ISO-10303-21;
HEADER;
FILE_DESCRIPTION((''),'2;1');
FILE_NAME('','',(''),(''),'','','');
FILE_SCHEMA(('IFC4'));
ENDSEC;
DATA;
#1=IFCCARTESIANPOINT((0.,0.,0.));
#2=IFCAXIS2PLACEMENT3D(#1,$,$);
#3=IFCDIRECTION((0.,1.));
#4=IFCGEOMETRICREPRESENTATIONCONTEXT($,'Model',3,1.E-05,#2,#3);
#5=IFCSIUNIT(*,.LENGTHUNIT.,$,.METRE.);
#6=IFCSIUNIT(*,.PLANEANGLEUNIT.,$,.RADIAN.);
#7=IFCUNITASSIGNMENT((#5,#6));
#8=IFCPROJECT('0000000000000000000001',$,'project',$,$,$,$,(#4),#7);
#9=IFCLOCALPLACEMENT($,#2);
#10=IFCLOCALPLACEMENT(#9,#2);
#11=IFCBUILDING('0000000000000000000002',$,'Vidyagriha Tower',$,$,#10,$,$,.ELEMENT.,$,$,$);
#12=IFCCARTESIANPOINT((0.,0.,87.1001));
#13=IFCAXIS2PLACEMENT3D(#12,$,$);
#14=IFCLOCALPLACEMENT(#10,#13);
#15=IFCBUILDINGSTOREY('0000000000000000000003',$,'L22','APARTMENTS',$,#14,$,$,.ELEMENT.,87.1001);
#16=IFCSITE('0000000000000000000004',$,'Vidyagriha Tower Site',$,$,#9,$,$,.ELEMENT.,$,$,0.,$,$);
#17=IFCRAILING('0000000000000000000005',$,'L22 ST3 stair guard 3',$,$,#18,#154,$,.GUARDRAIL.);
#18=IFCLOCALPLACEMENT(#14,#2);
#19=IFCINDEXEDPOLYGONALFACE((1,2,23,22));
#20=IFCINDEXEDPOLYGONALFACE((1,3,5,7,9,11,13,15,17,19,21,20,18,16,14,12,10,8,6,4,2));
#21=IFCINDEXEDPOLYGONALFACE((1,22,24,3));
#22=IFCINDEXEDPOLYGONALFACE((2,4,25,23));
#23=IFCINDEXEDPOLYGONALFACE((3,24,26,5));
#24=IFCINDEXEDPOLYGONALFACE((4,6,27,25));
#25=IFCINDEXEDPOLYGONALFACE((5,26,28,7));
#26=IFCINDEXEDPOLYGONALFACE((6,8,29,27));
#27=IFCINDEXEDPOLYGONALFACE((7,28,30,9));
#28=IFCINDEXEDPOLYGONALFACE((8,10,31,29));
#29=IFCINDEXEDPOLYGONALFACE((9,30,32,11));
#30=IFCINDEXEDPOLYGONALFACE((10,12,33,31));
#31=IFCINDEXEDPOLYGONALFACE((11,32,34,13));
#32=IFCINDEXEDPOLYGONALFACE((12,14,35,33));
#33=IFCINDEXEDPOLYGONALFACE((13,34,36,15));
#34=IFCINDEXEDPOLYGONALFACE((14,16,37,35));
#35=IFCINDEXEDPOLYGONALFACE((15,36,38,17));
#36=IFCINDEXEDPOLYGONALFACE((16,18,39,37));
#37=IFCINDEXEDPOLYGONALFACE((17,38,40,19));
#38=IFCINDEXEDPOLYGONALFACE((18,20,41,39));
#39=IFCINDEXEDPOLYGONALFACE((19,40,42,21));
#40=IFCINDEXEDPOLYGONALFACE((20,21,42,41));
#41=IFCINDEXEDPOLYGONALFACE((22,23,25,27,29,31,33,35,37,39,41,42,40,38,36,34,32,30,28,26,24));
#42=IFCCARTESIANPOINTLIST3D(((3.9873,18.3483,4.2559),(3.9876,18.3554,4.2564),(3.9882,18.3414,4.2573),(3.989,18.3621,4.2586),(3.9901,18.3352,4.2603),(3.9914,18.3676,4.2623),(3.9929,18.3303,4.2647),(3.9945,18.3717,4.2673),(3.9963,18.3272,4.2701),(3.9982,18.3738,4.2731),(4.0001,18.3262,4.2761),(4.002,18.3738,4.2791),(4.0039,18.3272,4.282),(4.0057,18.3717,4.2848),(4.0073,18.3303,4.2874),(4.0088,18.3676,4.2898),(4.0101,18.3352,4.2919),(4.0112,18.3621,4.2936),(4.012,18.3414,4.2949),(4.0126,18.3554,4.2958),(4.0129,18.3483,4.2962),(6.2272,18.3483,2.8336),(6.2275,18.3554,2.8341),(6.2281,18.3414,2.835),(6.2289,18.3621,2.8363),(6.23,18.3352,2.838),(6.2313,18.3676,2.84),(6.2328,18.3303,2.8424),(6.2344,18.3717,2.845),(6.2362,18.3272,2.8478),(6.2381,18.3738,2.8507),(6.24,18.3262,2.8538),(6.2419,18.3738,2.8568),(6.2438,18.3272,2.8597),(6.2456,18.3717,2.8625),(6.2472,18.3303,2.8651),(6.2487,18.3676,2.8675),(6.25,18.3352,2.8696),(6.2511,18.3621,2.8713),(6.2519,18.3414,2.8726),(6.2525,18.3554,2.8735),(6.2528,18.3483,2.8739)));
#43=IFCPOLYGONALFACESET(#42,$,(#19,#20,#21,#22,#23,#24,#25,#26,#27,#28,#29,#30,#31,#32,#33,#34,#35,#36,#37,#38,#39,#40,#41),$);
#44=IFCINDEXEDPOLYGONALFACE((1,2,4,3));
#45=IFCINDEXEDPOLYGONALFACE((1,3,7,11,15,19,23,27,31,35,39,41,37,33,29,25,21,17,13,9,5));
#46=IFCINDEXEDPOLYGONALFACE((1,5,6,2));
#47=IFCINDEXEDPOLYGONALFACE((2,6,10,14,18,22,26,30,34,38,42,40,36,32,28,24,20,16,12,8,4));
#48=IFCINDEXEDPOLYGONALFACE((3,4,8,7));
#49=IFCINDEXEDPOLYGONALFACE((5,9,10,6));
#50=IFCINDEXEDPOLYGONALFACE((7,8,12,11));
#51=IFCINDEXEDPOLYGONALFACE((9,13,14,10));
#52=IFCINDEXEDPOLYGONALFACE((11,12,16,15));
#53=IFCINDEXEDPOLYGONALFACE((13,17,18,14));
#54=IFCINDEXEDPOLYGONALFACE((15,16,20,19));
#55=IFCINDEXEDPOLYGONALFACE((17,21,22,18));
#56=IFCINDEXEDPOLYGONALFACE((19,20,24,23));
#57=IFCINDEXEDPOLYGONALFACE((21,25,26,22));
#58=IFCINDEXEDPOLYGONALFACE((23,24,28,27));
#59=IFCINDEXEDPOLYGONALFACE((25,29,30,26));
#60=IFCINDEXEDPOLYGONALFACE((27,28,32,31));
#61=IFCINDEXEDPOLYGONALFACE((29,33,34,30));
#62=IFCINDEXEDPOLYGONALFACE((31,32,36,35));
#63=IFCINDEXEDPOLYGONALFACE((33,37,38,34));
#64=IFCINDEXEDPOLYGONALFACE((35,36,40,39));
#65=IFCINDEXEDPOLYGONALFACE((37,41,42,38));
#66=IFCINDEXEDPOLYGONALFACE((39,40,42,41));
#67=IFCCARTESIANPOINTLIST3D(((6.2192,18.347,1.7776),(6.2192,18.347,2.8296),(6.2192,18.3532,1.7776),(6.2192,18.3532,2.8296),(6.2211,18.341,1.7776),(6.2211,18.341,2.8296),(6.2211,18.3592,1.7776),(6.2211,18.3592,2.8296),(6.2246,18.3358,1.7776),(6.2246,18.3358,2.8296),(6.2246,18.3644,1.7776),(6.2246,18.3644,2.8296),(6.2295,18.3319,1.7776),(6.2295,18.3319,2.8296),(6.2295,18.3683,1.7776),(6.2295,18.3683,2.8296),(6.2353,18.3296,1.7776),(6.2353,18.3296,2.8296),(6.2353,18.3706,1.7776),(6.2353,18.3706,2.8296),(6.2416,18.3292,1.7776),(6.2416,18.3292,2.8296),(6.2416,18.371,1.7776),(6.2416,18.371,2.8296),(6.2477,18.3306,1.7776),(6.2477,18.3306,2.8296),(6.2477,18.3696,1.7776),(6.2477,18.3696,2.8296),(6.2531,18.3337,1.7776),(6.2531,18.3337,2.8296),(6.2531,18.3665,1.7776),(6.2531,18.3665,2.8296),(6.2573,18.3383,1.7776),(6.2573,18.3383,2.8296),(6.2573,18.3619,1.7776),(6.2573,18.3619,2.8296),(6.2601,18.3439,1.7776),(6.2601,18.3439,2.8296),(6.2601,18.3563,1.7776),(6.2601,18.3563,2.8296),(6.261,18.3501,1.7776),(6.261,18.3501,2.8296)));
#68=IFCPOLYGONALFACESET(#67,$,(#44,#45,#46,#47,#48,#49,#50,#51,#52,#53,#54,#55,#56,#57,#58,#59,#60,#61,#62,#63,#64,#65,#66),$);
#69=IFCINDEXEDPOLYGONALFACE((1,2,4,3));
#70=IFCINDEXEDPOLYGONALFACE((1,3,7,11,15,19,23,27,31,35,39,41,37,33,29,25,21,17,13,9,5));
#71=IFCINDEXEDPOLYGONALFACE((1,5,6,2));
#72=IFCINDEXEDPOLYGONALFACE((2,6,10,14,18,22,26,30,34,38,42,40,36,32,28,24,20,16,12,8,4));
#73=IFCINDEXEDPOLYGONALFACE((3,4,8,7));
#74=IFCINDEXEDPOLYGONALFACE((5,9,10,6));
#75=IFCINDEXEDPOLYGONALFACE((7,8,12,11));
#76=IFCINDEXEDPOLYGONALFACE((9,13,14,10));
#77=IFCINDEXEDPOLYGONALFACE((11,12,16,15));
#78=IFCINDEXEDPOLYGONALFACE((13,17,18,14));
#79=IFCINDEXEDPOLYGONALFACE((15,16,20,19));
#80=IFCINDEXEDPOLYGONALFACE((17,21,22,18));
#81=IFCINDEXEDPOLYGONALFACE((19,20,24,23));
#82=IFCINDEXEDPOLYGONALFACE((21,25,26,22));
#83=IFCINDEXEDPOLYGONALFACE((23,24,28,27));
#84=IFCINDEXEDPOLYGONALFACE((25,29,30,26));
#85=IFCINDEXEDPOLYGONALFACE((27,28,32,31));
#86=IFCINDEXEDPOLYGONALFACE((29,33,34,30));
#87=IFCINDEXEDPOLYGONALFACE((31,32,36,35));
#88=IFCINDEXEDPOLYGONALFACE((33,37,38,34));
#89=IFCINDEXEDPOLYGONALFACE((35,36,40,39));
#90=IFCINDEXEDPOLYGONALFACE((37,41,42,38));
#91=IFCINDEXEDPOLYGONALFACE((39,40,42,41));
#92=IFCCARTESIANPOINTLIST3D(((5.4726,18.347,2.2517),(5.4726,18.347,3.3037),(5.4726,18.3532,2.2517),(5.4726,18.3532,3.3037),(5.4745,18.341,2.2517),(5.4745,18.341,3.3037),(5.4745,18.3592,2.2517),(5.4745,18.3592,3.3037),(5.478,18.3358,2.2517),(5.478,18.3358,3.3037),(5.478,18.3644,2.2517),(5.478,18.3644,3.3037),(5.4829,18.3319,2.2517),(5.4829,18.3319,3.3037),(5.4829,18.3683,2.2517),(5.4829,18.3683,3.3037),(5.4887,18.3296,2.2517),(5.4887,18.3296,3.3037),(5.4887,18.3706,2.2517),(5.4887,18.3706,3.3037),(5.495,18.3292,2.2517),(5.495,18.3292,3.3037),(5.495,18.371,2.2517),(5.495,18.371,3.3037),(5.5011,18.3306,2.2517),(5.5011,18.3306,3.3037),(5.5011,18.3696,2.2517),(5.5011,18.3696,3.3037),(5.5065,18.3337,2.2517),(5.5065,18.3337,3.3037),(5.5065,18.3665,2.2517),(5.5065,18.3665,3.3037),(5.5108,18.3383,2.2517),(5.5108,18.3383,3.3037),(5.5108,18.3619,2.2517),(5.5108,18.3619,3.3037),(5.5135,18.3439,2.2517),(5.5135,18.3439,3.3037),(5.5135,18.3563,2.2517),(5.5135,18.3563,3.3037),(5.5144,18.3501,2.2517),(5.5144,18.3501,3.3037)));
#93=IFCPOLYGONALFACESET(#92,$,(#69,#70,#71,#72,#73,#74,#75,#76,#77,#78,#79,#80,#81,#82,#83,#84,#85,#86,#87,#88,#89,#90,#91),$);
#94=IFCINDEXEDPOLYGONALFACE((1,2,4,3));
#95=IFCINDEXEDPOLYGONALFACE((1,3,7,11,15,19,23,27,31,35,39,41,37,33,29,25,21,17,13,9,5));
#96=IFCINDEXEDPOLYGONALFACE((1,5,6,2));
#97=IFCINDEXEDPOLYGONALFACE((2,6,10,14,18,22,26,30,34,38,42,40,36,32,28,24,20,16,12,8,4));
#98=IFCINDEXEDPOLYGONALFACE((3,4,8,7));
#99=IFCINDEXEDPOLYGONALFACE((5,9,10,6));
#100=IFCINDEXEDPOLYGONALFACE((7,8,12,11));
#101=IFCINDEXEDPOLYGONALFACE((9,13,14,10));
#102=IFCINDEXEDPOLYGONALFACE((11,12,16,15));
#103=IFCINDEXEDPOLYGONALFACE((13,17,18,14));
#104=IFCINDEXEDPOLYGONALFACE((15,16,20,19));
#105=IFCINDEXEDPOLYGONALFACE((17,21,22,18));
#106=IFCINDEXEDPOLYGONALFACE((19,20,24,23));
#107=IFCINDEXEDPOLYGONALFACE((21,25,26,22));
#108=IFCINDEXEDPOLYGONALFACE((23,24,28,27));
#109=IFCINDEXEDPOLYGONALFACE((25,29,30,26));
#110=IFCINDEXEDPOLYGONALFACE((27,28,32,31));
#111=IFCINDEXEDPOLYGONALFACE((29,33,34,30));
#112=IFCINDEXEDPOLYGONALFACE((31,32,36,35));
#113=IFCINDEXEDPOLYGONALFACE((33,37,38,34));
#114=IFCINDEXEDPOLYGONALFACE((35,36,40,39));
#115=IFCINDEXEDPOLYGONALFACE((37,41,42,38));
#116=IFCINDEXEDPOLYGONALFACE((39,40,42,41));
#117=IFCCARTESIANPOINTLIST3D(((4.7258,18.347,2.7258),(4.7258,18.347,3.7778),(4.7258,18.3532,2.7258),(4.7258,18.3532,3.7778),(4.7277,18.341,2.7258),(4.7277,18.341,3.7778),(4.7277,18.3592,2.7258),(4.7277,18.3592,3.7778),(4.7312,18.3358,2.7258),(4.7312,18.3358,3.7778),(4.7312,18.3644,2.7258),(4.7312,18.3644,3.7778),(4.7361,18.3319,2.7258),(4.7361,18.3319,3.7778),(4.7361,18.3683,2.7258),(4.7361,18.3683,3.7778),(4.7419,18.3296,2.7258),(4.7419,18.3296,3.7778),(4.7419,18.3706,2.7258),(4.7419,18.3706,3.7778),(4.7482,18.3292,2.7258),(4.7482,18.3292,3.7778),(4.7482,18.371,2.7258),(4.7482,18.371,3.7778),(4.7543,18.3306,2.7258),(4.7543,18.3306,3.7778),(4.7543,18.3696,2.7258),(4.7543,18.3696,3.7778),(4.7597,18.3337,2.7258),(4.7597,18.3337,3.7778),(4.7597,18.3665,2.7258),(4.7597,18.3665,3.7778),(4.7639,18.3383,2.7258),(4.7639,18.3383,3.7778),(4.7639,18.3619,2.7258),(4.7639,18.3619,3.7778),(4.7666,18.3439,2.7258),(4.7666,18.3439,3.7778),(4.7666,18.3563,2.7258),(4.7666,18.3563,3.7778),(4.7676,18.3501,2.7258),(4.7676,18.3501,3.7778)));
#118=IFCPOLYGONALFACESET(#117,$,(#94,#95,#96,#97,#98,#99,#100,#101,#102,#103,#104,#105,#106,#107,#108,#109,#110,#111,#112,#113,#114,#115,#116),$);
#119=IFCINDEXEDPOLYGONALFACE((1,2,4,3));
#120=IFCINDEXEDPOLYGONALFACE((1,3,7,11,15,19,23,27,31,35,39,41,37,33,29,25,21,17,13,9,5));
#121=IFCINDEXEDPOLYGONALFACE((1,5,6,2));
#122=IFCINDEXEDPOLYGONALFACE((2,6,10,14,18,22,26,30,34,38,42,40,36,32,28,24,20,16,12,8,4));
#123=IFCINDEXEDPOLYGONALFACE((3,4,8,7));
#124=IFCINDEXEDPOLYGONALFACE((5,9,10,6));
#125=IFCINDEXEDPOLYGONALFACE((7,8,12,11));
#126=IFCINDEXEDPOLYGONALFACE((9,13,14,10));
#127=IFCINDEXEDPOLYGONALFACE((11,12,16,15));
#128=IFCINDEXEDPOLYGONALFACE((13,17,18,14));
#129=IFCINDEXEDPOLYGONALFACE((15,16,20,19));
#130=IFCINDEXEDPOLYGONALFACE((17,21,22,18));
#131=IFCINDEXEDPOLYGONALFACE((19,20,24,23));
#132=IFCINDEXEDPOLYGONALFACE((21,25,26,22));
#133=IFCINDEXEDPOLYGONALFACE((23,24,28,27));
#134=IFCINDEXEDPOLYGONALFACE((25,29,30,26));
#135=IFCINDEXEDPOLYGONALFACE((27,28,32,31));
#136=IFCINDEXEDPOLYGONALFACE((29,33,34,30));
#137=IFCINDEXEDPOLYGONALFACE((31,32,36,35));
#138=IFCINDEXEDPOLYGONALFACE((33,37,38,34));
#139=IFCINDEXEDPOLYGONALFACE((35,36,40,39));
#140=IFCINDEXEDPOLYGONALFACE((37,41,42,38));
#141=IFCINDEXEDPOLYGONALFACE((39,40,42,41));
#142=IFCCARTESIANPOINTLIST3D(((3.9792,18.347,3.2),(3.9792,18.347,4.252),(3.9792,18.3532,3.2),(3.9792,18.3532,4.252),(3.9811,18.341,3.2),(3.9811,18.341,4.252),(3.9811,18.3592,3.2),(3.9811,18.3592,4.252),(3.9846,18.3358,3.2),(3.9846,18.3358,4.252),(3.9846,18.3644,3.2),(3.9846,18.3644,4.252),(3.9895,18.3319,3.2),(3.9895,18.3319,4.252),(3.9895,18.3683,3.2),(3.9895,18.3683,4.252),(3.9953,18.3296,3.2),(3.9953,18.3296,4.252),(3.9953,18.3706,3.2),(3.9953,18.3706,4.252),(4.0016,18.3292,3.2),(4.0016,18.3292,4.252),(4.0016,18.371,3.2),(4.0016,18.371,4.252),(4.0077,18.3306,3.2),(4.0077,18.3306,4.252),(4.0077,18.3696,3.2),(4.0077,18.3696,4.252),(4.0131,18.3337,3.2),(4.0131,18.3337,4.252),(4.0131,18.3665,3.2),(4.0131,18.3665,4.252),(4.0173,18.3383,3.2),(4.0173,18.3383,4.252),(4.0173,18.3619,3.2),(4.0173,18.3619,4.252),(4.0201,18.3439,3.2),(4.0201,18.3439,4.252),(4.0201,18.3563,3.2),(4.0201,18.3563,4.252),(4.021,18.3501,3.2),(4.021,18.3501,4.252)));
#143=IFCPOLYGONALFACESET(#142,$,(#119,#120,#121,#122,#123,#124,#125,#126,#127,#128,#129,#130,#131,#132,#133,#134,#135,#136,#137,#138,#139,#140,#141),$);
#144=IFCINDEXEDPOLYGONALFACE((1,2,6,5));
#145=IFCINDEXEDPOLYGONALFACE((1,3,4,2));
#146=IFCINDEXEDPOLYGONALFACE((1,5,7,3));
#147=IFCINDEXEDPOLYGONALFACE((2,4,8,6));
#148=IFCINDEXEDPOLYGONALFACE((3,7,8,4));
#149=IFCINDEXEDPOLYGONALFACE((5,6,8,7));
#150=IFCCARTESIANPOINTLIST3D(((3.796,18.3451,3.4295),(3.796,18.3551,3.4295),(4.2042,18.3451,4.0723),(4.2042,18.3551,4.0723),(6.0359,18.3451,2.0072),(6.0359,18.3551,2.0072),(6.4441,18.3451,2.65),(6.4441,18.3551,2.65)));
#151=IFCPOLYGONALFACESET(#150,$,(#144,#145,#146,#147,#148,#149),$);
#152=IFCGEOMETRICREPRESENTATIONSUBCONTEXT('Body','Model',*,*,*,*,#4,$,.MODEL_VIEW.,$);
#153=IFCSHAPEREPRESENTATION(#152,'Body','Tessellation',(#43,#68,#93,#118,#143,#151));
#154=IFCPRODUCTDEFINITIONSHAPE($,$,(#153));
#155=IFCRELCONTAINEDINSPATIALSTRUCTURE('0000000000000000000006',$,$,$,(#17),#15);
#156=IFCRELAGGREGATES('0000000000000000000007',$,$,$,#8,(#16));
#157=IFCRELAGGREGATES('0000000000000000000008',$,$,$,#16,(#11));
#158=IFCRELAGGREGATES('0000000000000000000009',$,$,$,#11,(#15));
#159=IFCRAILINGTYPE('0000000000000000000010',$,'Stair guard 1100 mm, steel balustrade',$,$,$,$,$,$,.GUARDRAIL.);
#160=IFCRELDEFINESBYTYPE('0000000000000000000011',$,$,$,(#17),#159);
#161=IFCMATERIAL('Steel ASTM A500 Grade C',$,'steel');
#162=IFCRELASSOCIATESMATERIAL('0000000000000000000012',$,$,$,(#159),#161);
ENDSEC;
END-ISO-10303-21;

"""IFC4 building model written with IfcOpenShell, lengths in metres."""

from ifc_helpers import new_model, si_unit, direction, frame, origin, origin_2d, place, context, subcontext, project, spatial, rectangle, circle, extrude, material, type_object, element, save


model = new_model("IFC4")

# Units and contexts
model_context = context("Model", 3, precision=1e-05, world=origin(), true_north=direction((0.0, 1.0)))
body_context = subcontext(model_context, "Body", "Model", "MODEL_VIEW")
ifc_project = project(units=[si_unit("LENGTHUNIT", "METRE"), si_unit("PLANEANGLEUNIT", "RADIAN")], contexts=[model_context])

# Site, building, storey
site_placement = place(None, origin())
site = spatial("IfcSite", under=ifc_project, at=site_placement, Name="Vidyagriha Tower Site", CompositionType="ELEMENT", RefElevation=0.0)
building_placement = place(site_placement, origin())
building = spatial("IfcBuilding", under=site, at=building_placement, Name="Vidyagriha Tower", CompositionType="ELEMENT")
storey_placement = place(building_placement, frame((0.0, 0.0, 87.1001)))
storey = spatial("IfcBuildingStorey", under=building, at=storey_placement, Name="L22", Description="APARTMENTS", CompositionType="ELEMENT", Elevation=87.1001)

# Railing
ifc_material_1 = material(Name="Steel ASTM A500 Grade C", Category="steel")
railing_type_1 = type_object("IfcRailingType", Name="Stair guard 1100 mm, steel balustrade", PredefinedType="GUARDRAIL", material=ifc_material_1)
railing_1_placement = place(storey_placement, frame((6.24, 18.3501, 1.7776)))
element("IfcRailing", 1, at=railing_1_placement, inside=storey, type_object=railing_type_1, Name="L22 ST3 stair guard 3", PredefinedType="GUARDRAIL", context=body_context, shape_type="SweptSolid", body=[
    extrude(circle(Radius=0.0239, at=origin_2d()), frame((0.0, 0.0, 1.0762), z_axis=(-0.844188, 0.0, 0.536048), x_axis=(0.0, -1.0, 0.0)), (0.0, 0.0, 1.0), 2.6533),
    extrude(circle(Radius=0.021, at=origin_2d()), origin(), (0.0, 0.0, 1.0), 1.052),
    extrude(circle(Radius=0.021, at=origin_2d()), frame((-0.7466, 0.0, 0.4741)), (0.0, 0.0, 1.0), 1.052),
    extrude(circle(Radius=0.021, at=origin_2d()), frame((-1.4934, 0.0, 0.9482)), (0.0, 0.0, 1.0), 1.052),
    extrude(circle(Radius=0.021, at=origin_2d()), frame((-2.24, 0.0, 1.4224)), (0.0, 0.0, 1.0), 1.052),
    extrude(rectangle(XDim=0.01, YDim=0.7615, at=origin_2d()), frame((0.0, 0.0, 0.551), z_axis=(-0.844188, 0.0, 0.536048), x_axis=(0.0, -1.0, 0.0)), (0.0, 0.0, 1.0), 2.6533),
])

save(model, "model.ifc")
